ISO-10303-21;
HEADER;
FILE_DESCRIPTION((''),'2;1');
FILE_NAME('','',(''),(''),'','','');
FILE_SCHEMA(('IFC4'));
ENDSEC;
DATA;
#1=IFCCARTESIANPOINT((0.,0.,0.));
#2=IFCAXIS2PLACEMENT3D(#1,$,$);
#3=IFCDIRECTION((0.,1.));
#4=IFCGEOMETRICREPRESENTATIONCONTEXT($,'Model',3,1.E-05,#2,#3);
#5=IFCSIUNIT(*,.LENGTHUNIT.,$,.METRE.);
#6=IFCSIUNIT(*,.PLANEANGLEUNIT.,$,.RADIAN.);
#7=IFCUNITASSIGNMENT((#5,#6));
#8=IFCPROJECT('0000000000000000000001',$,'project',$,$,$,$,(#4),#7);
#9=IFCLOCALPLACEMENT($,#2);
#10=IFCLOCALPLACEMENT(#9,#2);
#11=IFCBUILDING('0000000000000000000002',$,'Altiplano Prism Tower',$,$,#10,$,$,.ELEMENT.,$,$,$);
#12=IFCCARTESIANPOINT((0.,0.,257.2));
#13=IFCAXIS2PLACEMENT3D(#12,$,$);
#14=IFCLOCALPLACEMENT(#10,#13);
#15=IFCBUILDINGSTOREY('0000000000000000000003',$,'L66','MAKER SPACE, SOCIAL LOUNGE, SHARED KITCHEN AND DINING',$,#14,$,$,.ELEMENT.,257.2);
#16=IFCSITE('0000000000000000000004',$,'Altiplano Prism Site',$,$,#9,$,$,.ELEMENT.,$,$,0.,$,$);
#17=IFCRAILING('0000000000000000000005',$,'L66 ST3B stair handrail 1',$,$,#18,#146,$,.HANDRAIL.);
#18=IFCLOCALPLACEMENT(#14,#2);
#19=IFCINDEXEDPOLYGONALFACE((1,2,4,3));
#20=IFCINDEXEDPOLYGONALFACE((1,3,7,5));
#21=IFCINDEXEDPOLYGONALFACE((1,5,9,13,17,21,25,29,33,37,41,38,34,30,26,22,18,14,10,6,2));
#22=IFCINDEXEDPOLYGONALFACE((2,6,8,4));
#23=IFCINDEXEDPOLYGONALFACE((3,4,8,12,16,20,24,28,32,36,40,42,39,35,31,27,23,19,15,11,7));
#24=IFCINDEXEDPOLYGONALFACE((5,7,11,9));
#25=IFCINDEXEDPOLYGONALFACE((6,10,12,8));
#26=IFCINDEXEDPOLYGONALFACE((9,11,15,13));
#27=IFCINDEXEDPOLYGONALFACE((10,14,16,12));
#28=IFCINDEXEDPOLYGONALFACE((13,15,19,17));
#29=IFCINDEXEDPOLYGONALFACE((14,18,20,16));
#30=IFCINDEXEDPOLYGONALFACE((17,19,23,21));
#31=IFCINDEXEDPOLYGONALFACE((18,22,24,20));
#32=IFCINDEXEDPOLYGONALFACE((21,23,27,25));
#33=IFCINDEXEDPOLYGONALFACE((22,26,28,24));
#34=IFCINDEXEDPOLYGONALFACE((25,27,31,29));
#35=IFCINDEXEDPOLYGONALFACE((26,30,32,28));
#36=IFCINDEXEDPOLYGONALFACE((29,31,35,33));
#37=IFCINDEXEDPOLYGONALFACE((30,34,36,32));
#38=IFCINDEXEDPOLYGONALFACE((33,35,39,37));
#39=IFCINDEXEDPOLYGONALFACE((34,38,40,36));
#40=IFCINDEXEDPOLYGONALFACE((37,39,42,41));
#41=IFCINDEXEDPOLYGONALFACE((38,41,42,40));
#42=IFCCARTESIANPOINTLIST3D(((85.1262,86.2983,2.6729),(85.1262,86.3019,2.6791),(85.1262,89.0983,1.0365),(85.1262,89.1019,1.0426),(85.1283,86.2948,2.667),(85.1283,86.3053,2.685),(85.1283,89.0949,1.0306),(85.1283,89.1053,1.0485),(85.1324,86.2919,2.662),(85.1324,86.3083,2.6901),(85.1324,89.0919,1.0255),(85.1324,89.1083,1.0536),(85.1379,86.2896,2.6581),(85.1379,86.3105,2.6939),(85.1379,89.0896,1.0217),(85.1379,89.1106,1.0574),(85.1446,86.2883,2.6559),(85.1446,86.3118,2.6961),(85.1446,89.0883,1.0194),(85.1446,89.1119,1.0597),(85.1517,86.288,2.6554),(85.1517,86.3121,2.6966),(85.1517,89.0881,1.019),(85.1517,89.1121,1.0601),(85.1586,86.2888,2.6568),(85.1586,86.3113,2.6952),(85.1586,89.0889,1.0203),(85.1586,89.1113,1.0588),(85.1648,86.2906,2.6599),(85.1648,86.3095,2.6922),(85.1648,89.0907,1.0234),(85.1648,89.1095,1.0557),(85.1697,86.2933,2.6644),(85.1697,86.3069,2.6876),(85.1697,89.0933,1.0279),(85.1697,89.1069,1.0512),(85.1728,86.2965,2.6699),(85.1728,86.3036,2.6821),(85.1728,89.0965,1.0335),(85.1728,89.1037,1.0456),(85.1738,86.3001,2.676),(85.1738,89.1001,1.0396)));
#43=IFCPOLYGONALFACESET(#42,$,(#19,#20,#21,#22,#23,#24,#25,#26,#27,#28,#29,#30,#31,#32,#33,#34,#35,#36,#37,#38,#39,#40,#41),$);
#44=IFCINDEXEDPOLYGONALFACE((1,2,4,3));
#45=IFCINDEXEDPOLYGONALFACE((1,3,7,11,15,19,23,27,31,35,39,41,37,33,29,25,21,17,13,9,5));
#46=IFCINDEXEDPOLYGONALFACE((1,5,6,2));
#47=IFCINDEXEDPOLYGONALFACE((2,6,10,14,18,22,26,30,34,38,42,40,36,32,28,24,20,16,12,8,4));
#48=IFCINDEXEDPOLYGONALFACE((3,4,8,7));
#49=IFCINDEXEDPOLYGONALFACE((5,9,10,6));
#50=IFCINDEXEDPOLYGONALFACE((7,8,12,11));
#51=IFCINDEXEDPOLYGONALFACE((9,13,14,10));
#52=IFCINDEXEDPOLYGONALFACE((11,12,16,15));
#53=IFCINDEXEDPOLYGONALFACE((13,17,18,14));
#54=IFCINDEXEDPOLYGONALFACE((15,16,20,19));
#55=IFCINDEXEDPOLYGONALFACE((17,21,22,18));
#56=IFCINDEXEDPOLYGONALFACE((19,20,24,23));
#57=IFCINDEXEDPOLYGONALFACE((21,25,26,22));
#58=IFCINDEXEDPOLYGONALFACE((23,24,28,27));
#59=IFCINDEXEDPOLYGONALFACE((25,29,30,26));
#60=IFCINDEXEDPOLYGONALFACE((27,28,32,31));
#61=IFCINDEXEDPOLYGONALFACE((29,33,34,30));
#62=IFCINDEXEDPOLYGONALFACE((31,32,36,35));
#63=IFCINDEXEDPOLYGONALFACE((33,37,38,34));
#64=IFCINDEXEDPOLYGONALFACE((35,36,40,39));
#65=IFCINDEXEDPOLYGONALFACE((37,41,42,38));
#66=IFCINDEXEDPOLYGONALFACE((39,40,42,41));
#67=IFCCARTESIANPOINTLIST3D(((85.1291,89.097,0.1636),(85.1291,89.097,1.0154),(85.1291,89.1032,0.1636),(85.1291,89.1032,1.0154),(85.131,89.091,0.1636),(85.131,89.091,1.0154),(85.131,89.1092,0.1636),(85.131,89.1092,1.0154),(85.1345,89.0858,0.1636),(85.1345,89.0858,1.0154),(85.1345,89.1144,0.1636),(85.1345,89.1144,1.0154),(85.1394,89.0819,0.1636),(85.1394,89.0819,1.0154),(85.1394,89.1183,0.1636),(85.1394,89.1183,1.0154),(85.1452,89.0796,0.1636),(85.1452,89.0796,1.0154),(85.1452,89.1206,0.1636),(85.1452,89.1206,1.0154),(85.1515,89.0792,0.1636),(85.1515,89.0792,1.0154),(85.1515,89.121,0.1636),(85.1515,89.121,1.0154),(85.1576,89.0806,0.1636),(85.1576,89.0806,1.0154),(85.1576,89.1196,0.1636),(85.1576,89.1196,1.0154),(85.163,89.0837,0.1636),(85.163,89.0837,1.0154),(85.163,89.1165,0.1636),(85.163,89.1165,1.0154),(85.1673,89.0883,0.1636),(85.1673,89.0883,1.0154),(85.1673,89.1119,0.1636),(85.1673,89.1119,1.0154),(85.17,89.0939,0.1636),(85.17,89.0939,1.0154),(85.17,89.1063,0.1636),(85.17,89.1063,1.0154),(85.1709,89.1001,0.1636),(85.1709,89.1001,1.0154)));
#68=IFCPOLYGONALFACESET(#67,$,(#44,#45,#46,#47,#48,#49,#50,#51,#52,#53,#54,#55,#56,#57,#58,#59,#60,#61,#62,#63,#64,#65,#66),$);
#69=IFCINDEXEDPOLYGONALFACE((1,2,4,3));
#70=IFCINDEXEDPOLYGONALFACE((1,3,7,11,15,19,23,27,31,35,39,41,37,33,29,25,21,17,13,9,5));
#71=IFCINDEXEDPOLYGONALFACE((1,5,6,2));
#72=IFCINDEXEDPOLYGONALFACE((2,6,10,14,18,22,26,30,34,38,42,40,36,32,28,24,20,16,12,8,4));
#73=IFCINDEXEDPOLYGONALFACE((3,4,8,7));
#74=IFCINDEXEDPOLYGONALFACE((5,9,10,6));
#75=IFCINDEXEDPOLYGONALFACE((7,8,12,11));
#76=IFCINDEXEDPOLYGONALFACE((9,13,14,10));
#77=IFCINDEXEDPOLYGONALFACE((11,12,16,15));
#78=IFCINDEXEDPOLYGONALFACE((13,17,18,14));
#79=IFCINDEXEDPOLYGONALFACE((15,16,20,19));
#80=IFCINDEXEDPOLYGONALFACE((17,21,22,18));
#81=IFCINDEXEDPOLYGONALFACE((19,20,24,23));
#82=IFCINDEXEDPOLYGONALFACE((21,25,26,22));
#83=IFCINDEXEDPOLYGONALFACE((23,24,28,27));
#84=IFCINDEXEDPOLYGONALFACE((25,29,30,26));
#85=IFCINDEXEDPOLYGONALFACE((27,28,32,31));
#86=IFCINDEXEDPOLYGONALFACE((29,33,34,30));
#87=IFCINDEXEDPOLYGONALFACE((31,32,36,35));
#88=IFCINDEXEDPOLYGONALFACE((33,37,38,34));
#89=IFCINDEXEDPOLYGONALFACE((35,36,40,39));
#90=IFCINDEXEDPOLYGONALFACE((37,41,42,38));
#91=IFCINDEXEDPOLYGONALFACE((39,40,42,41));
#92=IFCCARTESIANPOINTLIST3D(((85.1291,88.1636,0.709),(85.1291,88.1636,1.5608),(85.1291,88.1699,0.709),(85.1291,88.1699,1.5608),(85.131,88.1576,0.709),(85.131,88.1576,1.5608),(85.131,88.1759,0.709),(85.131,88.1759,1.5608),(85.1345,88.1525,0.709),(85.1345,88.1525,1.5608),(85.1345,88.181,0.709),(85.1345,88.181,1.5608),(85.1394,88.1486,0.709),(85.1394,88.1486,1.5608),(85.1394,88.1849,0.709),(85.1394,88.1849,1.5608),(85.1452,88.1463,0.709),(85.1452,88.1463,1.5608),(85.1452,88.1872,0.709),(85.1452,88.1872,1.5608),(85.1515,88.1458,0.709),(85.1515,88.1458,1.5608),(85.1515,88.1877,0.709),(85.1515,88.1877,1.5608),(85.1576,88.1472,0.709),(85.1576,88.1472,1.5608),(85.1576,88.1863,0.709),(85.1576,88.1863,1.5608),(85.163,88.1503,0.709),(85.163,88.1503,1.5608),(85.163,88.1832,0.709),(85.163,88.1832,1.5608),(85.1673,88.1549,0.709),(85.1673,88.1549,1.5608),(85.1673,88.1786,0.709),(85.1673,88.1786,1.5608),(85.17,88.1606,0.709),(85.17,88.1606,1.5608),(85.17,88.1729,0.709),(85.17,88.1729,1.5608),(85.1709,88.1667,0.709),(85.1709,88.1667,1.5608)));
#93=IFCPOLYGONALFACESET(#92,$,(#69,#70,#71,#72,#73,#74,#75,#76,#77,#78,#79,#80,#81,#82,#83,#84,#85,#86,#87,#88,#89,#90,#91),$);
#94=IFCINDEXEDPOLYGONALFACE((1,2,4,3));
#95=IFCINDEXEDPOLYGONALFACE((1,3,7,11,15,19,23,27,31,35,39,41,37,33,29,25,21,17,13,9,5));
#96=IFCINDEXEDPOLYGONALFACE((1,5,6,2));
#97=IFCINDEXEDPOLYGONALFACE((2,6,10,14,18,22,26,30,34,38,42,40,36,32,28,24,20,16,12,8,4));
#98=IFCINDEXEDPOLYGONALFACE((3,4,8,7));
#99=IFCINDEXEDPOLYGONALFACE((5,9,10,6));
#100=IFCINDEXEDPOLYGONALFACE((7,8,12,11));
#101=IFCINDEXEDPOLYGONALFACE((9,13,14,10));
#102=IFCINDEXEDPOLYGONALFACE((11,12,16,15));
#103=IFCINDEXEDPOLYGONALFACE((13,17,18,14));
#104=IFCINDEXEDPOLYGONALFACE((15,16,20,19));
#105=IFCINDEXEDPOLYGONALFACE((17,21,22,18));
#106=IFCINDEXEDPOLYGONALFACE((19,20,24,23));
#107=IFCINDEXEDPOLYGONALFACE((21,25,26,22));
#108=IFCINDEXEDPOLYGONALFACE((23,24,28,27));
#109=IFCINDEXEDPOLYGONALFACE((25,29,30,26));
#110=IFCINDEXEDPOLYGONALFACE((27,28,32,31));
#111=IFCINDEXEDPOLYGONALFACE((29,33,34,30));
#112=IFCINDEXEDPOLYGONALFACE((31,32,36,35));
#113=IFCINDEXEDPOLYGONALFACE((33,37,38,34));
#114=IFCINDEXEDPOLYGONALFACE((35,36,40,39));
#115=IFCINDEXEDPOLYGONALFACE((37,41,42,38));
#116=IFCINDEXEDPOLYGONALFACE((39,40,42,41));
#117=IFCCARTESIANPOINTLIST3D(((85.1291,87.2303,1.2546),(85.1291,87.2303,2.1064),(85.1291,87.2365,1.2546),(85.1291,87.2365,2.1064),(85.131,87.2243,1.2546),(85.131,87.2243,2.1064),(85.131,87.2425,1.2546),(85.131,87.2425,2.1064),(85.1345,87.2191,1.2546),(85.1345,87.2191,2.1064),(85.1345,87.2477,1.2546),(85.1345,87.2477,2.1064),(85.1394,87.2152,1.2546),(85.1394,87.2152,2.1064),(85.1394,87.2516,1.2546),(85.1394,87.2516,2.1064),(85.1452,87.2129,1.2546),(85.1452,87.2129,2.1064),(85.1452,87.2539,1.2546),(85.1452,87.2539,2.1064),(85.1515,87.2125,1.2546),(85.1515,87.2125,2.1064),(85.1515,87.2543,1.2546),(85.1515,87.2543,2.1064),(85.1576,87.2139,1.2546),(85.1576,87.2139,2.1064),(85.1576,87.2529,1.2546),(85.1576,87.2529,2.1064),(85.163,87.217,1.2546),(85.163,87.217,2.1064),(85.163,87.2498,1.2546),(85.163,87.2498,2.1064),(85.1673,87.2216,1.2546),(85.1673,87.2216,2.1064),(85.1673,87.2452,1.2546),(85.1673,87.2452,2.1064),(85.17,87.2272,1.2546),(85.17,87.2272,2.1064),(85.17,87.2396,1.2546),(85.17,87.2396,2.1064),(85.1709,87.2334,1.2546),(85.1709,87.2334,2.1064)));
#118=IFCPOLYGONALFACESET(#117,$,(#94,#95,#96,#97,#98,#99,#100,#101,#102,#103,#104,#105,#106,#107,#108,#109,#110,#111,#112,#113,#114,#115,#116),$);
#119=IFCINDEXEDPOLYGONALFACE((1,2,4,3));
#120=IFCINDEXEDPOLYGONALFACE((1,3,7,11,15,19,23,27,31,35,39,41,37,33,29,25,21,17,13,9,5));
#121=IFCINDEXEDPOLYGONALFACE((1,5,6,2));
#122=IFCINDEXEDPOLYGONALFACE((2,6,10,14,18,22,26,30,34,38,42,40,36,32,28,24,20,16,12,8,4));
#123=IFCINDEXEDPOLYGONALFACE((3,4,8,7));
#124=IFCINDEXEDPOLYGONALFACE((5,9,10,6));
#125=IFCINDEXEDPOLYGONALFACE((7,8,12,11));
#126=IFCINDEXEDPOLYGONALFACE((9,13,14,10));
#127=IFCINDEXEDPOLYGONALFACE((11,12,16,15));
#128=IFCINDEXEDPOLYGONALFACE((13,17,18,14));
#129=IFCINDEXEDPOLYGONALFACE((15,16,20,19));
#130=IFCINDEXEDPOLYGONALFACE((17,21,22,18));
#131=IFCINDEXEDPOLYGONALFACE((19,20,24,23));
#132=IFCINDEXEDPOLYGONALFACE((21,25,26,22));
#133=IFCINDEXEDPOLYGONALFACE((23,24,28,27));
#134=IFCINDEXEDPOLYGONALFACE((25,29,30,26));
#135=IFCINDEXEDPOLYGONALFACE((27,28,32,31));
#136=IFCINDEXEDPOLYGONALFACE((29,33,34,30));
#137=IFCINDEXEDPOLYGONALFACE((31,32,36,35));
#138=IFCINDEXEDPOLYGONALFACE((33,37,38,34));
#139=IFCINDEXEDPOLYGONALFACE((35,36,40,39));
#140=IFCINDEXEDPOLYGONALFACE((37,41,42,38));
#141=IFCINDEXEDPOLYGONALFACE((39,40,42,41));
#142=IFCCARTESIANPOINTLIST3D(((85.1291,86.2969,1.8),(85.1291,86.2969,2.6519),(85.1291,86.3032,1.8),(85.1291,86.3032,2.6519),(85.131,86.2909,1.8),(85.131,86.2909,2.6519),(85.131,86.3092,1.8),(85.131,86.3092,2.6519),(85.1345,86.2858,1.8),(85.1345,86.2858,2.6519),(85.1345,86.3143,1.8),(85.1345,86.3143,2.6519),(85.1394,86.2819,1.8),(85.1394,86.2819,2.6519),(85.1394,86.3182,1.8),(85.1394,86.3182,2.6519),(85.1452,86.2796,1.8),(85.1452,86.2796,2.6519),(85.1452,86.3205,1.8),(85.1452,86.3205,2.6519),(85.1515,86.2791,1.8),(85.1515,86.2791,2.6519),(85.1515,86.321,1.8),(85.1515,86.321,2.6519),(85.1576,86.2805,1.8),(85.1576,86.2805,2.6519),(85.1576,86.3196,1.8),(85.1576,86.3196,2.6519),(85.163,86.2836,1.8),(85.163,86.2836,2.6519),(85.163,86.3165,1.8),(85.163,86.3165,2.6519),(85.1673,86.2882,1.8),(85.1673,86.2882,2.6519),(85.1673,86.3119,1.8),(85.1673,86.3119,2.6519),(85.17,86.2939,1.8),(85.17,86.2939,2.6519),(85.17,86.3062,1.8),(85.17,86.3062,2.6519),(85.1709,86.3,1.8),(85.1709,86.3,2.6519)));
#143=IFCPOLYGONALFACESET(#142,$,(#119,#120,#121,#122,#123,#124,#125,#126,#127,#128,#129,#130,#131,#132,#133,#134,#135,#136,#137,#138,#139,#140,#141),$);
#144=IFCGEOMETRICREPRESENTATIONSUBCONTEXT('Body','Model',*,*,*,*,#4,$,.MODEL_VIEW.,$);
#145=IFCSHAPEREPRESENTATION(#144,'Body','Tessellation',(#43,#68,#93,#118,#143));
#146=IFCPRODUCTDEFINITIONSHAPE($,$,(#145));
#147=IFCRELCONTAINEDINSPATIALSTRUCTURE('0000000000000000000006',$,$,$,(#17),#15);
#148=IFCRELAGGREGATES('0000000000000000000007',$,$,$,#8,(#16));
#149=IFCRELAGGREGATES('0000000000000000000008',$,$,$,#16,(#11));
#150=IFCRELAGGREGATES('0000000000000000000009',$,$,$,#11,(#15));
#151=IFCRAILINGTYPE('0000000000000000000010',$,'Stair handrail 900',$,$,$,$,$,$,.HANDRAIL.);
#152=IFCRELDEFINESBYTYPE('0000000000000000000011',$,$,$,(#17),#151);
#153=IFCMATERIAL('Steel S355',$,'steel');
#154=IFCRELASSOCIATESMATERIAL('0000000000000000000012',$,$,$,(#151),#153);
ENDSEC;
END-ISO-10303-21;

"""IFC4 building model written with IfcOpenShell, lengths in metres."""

from ifc_helpers import new_model, si_unit, direction, frame, origin, origin_2d, place, context, subcontext, project, spatial, circle, extrude, material, type_object, element, save


model = new_model("IFC4")

# Units and contexts
model_context = context("Model", 3, precision=1e-05, world=origin(), true_north=direction((0.0, 1.0)))
body_context = subcontext(model_context, "Body", "Model", "MODEL_VIEW")
ifc_project = project(units=[si_unit("LENGTHUNIT", "METRE"), si_unit("PLANEANGLEUNIT", "RADIAN")], contexts=[model_context])

# Site, building, storey
site_placement = place(None, origin())
site = spatial("IfcSite", under=ifc_project, at=site_placement, Name="Altiplano Prism Site", CompositionType="ELEMENT", RefElevation=0.0)
building_placement = place(site_placement, origin())
building = spatial("IfcBuilding", under=site, at=building_placement, Name="Altiplano Prism Tower", CompositionType="ELEMENT")
storey_placement = place(building_placement, frame((0.0, 0.0, 257.2)))
storey = spatial("IfcBuildingStorey", under=building, at=storey_placement, Name="L66", Description="MAKER SPACE, SOCIAL LOUNGE, SHARED KITCHEN AND DINING", CompositionType="ELEMENT", Elevation=257.2)

# Railing
ifc_material_1 = material(Name="Steel S355", Category="steel")
railing_type_1 = type_object("IfcRailingType", Name="Stair handrail 900", PredefinedType="HANDRAIL", material=ifc_material_1)
railing_1_placement = place(storey_placement, frame((85.1499, 89.1001, 0.1636)))
element("IfcRailing", 1, at=railing_1_placement, inside=storey, type_object=railing_type_1, Name="L66 ST3B stair handrail 1", PredefinedType="HANDRAIL", context=body_context, shape_type="SweptSolid", body=[
    extrude(circle(Radius=0.0239, at=origin_2d()), frame((0.0, 0.0, 0.876), z_axis=(0.0, -0.863361, 0.504587), x_axis=(1.0, 0.0, 0.0)), (0.0, 0.0, 1.0), 3.2432),
    extrude(circle(Radius=0.021, at=origin_2d()), origin(), (0.0, 0.0, 1.0), 0.8518),
    extrude(circle(Radius=0.021, at=origin_2d()), frame((0.0, -0.9333, 0.5454)), (0.0, 0.0, 1.0), 0.8518),
    extrude(circle(Radius=0.021, at=origin_2d()), frame((0.0, -1.8667, 1.0911)), (0.0, 0.0, 1.0), 0.8518),
    extrude(circle(Radius=0.021, at=origin_2d()), frame((0.0, -2.8, 1.6365)), (0.0, 0.0, 1.0), 0.8518),
])

save(model, "model.ifc")
